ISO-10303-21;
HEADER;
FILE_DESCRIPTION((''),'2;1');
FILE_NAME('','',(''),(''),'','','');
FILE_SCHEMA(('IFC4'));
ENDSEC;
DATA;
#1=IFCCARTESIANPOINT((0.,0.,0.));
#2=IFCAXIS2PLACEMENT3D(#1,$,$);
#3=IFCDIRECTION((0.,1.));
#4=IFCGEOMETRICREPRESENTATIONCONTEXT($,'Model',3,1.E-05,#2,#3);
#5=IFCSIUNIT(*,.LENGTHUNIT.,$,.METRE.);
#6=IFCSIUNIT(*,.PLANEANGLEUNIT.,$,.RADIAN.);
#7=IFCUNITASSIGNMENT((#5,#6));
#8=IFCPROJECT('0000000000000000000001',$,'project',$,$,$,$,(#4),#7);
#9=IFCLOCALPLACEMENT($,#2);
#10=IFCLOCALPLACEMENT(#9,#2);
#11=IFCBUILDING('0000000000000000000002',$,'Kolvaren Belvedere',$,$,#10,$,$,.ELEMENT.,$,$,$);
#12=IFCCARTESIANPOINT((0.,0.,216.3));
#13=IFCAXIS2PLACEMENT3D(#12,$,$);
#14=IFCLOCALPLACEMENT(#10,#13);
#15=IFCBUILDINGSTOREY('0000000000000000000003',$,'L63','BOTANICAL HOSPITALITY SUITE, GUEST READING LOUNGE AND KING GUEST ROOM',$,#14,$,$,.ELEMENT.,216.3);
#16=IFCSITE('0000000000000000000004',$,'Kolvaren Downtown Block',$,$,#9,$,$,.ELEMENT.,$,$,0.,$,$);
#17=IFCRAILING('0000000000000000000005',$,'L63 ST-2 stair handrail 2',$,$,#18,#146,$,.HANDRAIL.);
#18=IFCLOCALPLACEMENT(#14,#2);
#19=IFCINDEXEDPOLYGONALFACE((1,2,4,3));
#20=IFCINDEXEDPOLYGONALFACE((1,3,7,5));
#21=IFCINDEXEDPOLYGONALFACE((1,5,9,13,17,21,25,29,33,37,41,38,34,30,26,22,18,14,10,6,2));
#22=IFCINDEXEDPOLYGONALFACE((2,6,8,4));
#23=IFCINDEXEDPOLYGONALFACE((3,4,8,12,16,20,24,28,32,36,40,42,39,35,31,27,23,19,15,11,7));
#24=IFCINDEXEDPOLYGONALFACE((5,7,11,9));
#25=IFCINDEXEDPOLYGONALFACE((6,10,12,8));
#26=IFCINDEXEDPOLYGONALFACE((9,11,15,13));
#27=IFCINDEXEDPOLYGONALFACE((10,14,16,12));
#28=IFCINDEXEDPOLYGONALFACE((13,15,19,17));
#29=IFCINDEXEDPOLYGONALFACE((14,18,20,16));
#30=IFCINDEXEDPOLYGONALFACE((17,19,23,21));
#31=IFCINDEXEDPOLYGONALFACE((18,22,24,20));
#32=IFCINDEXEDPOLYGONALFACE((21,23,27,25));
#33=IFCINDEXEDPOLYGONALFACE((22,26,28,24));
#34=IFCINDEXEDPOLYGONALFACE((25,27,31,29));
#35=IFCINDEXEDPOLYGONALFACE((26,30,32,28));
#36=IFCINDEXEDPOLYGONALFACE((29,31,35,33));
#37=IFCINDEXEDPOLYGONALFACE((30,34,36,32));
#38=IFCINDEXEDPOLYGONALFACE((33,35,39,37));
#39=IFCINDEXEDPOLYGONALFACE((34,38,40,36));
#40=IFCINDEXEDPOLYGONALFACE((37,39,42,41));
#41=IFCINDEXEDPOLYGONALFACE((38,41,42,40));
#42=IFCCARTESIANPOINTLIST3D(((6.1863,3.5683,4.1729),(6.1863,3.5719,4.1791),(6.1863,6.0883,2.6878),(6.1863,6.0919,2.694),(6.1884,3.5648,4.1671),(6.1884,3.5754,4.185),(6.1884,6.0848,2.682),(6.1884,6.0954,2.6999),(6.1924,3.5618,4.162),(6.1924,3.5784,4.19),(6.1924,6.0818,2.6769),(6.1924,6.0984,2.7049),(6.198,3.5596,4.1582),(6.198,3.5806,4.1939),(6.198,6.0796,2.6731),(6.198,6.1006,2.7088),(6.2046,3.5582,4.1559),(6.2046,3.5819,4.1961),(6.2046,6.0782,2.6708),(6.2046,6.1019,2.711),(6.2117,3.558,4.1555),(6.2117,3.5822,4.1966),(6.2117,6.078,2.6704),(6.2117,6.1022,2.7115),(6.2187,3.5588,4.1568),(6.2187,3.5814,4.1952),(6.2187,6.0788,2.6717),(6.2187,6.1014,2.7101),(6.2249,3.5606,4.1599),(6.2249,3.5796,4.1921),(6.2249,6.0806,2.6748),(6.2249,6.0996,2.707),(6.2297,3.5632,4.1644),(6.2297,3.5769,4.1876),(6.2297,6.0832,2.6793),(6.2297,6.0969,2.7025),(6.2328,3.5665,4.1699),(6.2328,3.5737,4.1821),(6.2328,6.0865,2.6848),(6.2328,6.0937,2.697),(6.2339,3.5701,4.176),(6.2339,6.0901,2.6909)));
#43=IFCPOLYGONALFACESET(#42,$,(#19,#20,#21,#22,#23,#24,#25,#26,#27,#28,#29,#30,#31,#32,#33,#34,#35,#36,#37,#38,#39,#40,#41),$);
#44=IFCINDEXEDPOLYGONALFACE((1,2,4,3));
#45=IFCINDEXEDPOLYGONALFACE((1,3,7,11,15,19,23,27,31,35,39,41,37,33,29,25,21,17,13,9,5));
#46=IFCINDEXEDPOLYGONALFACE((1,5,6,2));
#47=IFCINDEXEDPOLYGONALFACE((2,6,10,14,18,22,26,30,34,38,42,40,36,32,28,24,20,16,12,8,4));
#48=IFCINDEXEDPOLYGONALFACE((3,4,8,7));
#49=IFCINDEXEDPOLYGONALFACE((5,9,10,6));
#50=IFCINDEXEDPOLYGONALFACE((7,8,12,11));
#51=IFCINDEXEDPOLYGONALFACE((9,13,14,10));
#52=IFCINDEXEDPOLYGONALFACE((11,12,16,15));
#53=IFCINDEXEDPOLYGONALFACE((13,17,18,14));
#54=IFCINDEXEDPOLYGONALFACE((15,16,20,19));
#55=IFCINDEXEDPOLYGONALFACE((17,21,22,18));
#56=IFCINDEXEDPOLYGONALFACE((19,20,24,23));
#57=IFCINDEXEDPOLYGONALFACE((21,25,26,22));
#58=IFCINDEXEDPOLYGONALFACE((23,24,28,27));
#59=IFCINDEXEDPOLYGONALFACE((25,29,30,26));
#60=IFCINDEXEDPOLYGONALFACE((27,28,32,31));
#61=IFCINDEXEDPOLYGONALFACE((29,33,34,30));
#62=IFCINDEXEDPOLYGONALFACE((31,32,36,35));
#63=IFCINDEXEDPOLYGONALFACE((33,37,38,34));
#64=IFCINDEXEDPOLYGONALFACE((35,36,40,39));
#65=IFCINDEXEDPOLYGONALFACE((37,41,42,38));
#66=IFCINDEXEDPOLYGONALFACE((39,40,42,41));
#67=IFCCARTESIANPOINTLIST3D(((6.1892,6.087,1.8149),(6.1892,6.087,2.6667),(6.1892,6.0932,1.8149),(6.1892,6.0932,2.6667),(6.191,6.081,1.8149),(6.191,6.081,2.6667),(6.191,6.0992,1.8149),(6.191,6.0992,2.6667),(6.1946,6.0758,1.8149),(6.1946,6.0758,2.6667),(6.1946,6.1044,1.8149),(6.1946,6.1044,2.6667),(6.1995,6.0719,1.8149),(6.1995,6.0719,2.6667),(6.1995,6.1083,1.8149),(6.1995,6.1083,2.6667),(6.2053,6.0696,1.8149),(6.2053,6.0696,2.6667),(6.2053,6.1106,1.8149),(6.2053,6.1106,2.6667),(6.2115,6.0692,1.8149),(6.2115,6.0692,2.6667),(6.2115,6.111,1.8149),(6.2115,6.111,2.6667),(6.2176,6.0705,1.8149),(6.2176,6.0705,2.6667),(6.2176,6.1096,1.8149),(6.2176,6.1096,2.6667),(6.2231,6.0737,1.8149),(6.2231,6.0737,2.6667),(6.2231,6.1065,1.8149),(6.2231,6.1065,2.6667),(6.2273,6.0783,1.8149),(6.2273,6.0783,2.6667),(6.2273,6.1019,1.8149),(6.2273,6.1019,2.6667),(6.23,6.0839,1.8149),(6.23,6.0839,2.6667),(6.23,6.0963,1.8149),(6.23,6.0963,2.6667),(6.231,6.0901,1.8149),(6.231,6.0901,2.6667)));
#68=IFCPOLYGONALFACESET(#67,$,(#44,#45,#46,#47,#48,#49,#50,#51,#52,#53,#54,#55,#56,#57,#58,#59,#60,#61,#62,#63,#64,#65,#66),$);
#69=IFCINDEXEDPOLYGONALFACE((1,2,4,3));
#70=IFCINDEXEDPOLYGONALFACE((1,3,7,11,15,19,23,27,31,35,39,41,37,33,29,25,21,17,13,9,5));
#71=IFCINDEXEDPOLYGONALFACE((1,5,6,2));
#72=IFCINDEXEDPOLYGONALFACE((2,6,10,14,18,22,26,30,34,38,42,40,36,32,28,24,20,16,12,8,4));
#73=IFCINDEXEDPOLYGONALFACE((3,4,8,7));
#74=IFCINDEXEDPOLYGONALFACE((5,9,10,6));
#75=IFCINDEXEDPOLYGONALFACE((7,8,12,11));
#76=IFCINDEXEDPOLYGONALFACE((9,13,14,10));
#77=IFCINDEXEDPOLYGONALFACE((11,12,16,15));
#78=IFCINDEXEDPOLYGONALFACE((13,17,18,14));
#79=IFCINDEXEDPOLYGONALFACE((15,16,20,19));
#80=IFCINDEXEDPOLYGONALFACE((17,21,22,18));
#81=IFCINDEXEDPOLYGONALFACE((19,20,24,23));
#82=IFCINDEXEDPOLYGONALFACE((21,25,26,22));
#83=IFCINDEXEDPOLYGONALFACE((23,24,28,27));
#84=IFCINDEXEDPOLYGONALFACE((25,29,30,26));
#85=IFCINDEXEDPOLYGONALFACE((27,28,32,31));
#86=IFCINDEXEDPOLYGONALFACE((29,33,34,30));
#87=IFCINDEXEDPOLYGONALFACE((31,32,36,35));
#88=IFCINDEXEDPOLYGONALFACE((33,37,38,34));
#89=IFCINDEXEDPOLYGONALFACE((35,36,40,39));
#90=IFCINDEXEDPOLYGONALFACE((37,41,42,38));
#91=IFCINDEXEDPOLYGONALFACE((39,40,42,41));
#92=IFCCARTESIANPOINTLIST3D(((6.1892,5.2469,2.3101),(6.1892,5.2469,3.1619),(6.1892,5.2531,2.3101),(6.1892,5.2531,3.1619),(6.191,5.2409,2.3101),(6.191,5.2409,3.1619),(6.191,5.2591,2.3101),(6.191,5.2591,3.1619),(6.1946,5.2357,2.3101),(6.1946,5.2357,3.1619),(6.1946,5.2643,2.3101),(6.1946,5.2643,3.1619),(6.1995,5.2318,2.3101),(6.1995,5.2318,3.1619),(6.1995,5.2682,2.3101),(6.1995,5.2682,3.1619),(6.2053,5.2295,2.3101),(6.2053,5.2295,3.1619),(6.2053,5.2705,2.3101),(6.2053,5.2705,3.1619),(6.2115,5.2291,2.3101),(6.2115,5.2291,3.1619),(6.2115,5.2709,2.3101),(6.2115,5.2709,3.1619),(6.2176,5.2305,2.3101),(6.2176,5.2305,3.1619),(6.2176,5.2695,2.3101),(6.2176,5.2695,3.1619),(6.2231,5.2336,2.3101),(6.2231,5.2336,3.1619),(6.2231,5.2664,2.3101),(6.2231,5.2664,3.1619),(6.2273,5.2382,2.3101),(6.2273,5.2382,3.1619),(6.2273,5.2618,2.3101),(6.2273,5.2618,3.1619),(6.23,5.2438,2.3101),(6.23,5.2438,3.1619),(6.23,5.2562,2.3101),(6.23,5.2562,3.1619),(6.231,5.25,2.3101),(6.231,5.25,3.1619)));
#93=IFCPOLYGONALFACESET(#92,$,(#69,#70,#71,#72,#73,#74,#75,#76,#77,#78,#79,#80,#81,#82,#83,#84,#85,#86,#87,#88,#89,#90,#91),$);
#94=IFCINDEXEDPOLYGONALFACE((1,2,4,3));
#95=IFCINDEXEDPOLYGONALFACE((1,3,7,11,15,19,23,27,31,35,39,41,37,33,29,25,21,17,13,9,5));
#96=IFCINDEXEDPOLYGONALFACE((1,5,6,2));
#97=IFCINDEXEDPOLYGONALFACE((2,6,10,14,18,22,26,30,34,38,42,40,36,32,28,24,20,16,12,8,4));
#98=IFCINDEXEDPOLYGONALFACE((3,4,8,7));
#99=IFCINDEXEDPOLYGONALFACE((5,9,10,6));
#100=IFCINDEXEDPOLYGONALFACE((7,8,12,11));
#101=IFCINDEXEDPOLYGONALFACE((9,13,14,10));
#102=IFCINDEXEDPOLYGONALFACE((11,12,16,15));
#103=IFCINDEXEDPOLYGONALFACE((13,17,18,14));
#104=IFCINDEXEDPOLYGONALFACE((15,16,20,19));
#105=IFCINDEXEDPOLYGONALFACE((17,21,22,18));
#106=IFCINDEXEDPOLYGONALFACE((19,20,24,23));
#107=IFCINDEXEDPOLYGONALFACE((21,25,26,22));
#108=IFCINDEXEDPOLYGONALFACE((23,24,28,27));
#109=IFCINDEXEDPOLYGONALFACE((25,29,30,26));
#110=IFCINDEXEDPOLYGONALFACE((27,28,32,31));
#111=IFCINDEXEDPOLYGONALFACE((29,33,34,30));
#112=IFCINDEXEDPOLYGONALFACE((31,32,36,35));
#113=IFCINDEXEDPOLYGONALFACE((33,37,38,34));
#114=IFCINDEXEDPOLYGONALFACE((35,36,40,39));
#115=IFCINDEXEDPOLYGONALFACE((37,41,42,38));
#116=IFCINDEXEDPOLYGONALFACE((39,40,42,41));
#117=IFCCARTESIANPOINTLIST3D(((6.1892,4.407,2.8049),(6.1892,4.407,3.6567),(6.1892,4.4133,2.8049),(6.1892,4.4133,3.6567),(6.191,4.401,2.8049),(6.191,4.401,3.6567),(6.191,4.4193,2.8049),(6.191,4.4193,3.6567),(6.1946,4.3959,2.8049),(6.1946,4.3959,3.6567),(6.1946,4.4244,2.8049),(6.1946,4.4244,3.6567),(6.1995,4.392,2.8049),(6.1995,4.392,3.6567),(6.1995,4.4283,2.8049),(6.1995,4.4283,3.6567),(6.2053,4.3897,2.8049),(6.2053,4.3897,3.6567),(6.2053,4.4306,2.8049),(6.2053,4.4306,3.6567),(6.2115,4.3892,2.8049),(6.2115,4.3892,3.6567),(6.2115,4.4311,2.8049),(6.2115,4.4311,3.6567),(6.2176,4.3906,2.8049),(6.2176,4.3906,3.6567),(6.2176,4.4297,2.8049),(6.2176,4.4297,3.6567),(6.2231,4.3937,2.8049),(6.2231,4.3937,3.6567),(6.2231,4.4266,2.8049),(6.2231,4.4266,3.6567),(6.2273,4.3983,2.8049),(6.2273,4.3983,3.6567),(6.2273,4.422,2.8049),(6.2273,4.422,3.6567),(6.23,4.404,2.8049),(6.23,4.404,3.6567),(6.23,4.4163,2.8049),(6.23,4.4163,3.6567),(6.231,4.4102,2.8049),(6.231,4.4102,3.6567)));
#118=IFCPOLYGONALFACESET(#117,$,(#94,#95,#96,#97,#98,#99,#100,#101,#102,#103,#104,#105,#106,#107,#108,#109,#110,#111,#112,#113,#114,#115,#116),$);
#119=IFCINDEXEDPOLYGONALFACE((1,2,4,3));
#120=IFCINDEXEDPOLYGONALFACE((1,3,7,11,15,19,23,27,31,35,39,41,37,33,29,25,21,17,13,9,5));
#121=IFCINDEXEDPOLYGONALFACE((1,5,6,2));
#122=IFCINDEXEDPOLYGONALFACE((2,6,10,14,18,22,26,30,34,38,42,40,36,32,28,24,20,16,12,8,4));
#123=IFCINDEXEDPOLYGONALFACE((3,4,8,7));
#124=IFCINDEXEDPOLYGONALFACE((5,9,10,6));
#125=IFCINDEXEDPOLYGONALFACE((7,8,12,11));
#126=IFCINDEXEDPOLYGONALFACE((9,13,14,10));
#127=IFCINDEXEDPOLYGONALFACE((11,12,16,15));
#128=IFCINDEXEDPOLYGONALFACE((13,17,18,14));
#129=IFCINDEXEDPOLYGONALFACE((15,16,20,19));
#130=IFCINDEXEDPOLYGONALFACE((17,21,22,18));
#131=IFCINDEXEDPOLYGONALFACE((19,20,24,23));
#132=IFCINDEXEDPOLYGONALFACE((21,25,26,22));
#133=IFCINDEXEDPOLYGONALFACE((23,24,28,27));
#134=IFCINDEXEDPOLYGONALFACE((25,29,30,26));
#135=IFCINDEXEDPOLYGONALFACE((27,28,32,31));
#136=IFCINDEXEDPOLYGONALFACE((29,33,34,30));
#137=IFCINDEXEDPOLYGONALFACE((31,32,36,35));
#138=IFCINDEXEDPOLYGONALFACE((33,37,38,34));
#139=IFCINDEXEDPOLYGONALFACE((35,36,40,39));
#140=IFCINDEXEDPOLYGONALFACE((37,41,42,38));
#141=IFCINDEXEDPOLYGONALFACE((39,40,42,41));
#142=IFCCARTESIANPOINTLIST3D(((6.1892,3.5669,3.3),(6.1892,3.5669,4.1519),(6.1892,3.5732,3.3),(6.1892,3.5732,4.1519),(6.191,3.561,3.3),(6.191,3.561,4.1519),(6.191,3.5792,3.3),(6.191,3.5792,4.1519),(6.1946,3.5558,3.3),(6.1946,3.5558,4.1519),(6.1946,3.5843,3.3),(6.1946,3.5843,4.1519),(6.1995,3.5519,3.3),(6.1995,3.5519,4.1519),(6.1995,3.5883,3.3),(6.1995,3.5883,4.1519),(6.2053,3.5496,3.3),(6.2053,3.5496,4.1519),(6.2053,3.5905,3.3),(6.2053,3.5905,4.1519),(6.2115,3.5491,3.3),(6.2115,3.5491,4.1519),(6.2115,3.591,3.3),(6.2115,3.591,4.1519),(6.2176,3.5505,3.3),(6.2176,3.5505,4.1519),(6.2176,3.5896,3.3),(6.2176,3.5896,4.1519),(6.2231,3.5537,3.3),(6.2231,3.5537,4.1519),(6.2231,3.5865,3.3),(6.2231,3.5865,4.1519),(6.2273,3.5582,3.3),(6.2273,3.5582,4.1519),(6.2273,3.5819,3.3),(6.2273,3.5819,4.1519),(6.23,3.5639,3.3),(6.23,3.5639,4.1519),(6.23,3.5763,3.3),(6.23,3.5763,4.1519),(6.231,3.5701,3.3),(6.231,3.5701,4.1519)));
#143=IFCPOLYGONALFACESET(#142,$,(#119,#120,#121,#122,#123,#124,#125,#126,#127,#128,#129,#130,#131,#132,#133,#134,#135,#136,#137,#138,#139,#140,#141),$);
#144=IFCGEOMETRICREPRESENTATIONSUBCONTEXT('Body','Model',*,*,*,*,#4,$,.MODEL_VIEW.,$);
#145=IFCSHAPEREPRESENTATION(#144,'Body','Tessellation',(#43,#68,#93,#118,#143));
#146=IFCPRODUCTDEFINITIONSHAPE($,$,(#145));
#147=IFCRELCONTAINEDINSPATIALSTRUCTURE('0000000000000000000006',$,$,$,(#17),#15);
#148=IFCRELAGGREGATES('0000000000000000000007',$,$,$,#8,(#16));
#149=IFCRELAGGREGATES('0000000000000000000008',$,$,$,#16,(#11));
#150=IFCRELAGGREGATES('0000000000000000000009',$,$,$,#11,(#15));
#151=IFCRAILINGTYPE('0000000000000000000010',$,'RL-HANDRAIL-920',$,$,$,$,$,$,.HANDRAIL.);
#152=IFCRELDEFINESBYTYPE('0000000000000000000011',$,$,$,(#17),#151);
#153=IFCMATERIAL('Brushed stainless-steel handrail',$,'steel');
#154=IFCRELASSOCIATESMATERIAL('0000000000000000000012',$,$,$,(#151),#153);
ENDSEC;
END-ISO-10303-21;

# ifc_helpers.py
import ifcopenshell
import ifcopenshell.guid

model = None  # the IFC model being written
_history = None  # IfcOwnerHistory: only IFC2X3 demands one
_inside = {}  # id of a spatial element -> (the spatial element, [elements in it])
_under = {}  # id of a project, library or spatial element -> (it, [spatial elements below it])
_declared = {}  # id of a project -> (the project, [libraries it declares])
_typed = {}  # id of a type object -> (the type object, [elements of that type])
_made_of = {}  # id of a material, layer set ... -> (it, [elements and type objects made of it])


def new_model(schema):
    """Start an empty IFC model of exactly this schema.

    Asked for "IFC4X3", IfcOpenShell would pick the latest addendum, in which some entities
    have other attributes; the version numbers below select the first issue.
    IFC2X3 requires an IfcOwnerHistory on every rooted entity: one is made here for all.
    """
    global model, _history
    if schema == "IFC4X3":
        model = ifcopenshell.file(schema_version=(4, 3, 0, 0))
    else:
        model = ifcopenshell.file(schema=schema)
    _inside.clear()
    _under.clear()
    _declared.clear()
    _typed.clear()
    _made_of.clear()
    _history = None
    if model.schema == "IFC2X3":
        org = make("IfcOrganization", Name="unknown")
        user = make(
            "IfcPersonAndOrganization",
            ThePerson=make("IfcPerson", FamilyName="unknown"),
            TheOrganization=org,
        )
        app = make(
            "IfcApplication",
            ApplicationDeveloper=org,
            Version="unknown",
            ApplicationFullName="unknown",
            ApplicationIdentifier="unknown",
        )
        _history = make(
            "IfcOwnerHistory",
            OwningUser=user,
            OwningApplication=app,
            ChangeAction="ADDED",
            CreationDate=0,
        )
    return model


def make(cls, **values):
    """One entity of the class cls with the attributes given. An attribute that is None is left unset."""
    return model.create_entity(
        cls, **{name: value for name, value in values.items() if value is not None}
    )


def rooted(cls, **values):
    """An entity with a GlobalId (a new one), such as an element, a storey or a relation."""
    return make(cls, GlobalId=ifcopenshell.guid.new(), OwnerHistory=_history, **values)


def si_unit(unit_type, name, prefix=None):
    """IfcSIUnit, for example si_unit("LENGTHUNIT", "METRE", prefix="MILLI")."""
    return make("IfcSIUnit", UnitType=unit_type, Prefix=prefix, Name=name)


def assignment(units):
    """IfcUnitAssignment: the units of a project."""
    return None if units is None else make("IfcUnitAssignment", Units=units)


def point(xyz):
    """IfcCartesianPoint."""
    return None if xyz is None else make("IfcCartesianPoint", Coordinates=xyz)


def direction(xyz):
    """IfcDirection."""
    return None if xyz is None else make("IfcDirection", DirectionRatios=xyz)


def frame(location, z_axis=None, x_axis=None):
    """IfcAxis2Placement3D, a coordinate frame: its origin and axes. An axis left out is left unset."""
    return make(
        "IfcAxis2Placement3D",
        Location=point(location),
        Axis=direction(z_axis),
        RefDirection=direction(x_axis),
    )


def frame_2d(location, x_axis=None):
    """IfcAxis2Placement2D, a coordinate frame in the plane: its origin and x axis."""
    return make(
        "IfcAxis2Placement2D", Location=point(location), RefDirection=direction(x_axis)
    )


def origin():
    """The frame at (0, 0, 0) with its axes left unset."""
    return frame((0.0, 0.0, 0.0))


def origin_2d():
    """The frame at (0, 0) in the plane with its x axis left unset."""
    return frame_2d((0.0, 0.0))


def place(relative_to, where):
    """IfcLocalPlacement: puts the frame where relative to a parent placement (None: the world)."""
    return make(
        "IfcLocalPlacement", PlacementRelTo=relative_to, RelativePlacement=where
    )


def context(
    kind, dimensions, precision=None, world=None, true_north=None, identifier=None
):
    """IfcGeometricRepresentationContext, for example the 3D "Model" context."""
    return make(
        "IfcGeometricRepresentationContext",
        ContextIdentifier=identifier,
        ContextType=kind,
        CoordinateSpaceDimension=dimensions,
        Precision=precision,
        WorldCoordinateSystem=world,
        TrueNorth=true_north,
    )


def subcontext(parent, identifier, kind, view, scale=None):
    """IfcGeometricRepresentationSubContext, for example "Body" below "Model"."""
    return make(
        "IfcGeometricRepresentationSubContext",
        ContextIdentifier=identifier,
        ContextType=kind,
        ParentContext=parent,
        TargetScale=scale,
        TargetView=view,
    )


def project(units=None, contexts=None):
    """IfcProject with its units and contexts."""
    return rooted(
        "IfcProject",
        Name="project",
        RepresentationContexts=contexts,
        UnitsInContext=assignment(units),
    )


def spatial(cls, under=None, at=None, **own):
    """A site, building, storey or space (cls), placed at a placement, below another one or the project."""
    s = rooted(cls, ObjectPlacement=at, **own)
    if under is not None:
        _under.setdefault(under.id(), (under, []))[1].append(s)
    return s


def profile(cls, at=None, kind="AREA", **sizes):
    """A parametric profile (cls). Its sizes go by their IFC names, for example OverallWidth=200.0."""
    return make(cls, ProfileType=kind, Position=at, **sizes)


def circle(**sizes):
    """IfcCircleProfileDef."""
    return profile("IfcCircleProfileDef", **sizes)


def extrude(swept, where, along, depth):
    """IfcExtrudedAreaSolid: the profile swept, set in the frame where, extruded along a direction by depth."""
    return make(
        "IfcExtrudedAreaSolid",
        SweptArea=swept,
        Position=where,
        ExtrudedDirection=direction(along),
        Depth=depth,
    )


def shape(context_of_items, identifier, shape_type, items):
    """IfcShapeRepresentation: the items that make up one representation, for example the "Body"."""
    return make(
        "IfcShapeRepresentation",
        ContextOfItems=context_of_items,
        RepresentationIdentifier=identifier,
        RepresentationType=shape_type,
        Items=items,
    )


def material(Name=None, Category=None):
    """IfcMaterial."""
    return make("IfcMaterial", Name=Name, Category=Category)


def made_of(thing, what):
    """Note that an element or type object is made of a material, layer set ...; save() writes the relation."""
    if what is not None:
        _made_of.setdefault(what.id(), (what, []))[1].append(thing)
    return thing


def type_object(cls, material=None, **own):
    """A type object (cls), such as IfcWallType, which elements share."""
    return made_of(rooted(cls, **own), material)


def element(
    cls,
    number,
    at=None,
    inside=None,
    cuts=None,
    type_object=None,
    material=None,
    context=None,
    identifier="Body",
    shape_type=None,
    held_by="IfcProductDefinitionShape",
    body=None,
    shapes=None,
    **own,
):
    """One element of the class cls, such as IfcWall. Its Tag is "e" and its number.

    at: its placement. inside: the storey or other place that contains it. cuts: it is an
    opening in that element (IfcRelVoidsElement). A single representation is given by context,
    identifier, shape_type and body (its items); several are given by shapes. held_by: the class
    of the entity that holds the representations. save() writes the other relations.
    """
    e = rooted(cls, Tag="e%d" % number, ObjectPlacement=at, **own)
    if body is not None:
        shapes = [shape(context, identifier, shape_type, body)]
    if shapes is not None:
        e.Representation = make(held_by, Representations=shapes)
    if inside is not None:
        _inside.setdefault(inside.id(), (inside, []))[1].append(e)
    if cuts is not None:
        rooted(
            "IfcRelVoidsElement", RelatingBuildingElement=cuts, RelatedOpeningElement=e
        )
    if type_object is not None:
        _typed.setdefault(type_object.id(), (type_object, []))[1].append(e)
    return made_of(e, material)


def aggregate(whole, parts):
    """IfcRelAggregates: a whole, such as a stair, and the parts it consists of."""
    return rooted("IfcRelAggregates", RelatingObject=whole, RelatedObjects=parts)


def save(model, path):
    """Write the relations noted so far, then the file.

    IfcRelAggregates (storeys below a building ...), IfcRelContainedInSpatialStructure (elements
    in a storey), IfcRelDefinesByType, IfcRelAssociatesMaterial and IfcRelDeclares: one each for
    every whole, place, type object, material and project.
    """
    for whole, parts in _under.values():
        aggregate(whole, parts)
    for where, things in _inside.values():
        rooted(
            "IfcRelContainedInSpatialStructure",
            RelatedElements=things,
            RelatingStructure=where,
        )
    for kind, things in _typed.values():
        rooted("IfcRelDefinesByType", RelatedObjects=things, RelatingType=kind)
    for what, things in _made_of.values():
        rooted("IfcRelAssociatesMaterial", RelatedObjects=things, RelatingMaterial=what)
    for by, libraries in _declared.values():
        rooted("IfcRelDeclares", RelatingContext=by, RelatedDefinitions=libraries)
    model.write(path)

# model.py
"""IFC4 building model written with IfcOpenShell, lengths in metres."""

from ifc_helpers import new_model, si_unit, direction, frame, origin, origin_2d, place, context, subcontext, project, spatial, circle, extrude, material, type_object, element, save


model = new_model("IFC4")

# Units and contexts
model_context = context("Model", 3, precision=1e-05, world=origin(), true_north=direction((0.0, 1.0)))
body_context = subcontext(model_context, "Body", "Model", "MODEL_VIEW")
ifc_project = project(units=[si_unit("LENGTHUNIT", "METRE"), si_unit("PLANEANGLEUNIT", "RADIAN")], contexts=[model_context])

# Site, building, storey
site_placement = place(None, origin())
site = spatial("IfcSite", under=ifc_project, at=site_placement, Name="Kolvaren Downtown Block", CompositionType="ELEMENT", RefElevation=0.0)
building_placement = place(site_placement, origin())
building = spatial("IfcBuilding", under=site, at=building_placement, Name="Kolvaren Belvedere", CompositionType="ELEMENT")
storey_placement = place(building_placement, frame((0.0, 0.0, 216.3)))
storey = spatial("IfcBuildingStorey", under=building, at=storey_placement, Name="L63", Description="BOTANICAL HOSPITALITY SUITE, GUEST READING LOUNGE AND KING GUEST ROOM", CompositionType="ELEMENT", Elevation=216.3)

# Railing
ifc_material_1 = material(Name="Brushed stainless-steel handrail", Category="steel")
railing_type_1 = type_object("IfcRailingType", Name="RL-HANDRAIL-920", PredefinedType="HANDRAIL", material=ifc_material_1)
railing_1_placement = place(storey_placement, frame((6.21, 6.0901, 1.8149)))
element("IfcRailing", 1, at=railing_1_placement, inside=storey, type_object=railing_type_1, Name="L63 ST-2 stair handrail 2", PredefinedType="HANDRAIL", context=body_context, shape_type="SweptSolid", body=[
    extrude(circle(Radius=0.0239, at=origin_2d()), frame((0.0, 0.0, 0.876), z_axis=(0.0, -0.861524, 0.507717), x_axis=(1.0, 0.0, 0.0)), (0.0, 0.0, 1.0), 2.925),
    extrude(circle(Radius=0.021, at=origin_2d()), origin(), (0.0, 0.0, 1.0), 0.8518),
    extrude(circle(Radius=0.021, at=origin_2d()), frame((0.0, -0.8401, 0.4951)), (0.0, 0.0, 1.0), 0.8518),
    extrude(circle(Radius=0.021, at=origin_2d()), frame((0.0, -1.6799, 0.99)), (0.0, 0.0, 1.0), 0.8518),
    extrude(circle(Radius=0.021, at=origin_2d()), frame((0.0, -2.52, 1.4851)), (0.0, 0.0, 1.0), 0.8518),
])

save(model, "model.ifc")
